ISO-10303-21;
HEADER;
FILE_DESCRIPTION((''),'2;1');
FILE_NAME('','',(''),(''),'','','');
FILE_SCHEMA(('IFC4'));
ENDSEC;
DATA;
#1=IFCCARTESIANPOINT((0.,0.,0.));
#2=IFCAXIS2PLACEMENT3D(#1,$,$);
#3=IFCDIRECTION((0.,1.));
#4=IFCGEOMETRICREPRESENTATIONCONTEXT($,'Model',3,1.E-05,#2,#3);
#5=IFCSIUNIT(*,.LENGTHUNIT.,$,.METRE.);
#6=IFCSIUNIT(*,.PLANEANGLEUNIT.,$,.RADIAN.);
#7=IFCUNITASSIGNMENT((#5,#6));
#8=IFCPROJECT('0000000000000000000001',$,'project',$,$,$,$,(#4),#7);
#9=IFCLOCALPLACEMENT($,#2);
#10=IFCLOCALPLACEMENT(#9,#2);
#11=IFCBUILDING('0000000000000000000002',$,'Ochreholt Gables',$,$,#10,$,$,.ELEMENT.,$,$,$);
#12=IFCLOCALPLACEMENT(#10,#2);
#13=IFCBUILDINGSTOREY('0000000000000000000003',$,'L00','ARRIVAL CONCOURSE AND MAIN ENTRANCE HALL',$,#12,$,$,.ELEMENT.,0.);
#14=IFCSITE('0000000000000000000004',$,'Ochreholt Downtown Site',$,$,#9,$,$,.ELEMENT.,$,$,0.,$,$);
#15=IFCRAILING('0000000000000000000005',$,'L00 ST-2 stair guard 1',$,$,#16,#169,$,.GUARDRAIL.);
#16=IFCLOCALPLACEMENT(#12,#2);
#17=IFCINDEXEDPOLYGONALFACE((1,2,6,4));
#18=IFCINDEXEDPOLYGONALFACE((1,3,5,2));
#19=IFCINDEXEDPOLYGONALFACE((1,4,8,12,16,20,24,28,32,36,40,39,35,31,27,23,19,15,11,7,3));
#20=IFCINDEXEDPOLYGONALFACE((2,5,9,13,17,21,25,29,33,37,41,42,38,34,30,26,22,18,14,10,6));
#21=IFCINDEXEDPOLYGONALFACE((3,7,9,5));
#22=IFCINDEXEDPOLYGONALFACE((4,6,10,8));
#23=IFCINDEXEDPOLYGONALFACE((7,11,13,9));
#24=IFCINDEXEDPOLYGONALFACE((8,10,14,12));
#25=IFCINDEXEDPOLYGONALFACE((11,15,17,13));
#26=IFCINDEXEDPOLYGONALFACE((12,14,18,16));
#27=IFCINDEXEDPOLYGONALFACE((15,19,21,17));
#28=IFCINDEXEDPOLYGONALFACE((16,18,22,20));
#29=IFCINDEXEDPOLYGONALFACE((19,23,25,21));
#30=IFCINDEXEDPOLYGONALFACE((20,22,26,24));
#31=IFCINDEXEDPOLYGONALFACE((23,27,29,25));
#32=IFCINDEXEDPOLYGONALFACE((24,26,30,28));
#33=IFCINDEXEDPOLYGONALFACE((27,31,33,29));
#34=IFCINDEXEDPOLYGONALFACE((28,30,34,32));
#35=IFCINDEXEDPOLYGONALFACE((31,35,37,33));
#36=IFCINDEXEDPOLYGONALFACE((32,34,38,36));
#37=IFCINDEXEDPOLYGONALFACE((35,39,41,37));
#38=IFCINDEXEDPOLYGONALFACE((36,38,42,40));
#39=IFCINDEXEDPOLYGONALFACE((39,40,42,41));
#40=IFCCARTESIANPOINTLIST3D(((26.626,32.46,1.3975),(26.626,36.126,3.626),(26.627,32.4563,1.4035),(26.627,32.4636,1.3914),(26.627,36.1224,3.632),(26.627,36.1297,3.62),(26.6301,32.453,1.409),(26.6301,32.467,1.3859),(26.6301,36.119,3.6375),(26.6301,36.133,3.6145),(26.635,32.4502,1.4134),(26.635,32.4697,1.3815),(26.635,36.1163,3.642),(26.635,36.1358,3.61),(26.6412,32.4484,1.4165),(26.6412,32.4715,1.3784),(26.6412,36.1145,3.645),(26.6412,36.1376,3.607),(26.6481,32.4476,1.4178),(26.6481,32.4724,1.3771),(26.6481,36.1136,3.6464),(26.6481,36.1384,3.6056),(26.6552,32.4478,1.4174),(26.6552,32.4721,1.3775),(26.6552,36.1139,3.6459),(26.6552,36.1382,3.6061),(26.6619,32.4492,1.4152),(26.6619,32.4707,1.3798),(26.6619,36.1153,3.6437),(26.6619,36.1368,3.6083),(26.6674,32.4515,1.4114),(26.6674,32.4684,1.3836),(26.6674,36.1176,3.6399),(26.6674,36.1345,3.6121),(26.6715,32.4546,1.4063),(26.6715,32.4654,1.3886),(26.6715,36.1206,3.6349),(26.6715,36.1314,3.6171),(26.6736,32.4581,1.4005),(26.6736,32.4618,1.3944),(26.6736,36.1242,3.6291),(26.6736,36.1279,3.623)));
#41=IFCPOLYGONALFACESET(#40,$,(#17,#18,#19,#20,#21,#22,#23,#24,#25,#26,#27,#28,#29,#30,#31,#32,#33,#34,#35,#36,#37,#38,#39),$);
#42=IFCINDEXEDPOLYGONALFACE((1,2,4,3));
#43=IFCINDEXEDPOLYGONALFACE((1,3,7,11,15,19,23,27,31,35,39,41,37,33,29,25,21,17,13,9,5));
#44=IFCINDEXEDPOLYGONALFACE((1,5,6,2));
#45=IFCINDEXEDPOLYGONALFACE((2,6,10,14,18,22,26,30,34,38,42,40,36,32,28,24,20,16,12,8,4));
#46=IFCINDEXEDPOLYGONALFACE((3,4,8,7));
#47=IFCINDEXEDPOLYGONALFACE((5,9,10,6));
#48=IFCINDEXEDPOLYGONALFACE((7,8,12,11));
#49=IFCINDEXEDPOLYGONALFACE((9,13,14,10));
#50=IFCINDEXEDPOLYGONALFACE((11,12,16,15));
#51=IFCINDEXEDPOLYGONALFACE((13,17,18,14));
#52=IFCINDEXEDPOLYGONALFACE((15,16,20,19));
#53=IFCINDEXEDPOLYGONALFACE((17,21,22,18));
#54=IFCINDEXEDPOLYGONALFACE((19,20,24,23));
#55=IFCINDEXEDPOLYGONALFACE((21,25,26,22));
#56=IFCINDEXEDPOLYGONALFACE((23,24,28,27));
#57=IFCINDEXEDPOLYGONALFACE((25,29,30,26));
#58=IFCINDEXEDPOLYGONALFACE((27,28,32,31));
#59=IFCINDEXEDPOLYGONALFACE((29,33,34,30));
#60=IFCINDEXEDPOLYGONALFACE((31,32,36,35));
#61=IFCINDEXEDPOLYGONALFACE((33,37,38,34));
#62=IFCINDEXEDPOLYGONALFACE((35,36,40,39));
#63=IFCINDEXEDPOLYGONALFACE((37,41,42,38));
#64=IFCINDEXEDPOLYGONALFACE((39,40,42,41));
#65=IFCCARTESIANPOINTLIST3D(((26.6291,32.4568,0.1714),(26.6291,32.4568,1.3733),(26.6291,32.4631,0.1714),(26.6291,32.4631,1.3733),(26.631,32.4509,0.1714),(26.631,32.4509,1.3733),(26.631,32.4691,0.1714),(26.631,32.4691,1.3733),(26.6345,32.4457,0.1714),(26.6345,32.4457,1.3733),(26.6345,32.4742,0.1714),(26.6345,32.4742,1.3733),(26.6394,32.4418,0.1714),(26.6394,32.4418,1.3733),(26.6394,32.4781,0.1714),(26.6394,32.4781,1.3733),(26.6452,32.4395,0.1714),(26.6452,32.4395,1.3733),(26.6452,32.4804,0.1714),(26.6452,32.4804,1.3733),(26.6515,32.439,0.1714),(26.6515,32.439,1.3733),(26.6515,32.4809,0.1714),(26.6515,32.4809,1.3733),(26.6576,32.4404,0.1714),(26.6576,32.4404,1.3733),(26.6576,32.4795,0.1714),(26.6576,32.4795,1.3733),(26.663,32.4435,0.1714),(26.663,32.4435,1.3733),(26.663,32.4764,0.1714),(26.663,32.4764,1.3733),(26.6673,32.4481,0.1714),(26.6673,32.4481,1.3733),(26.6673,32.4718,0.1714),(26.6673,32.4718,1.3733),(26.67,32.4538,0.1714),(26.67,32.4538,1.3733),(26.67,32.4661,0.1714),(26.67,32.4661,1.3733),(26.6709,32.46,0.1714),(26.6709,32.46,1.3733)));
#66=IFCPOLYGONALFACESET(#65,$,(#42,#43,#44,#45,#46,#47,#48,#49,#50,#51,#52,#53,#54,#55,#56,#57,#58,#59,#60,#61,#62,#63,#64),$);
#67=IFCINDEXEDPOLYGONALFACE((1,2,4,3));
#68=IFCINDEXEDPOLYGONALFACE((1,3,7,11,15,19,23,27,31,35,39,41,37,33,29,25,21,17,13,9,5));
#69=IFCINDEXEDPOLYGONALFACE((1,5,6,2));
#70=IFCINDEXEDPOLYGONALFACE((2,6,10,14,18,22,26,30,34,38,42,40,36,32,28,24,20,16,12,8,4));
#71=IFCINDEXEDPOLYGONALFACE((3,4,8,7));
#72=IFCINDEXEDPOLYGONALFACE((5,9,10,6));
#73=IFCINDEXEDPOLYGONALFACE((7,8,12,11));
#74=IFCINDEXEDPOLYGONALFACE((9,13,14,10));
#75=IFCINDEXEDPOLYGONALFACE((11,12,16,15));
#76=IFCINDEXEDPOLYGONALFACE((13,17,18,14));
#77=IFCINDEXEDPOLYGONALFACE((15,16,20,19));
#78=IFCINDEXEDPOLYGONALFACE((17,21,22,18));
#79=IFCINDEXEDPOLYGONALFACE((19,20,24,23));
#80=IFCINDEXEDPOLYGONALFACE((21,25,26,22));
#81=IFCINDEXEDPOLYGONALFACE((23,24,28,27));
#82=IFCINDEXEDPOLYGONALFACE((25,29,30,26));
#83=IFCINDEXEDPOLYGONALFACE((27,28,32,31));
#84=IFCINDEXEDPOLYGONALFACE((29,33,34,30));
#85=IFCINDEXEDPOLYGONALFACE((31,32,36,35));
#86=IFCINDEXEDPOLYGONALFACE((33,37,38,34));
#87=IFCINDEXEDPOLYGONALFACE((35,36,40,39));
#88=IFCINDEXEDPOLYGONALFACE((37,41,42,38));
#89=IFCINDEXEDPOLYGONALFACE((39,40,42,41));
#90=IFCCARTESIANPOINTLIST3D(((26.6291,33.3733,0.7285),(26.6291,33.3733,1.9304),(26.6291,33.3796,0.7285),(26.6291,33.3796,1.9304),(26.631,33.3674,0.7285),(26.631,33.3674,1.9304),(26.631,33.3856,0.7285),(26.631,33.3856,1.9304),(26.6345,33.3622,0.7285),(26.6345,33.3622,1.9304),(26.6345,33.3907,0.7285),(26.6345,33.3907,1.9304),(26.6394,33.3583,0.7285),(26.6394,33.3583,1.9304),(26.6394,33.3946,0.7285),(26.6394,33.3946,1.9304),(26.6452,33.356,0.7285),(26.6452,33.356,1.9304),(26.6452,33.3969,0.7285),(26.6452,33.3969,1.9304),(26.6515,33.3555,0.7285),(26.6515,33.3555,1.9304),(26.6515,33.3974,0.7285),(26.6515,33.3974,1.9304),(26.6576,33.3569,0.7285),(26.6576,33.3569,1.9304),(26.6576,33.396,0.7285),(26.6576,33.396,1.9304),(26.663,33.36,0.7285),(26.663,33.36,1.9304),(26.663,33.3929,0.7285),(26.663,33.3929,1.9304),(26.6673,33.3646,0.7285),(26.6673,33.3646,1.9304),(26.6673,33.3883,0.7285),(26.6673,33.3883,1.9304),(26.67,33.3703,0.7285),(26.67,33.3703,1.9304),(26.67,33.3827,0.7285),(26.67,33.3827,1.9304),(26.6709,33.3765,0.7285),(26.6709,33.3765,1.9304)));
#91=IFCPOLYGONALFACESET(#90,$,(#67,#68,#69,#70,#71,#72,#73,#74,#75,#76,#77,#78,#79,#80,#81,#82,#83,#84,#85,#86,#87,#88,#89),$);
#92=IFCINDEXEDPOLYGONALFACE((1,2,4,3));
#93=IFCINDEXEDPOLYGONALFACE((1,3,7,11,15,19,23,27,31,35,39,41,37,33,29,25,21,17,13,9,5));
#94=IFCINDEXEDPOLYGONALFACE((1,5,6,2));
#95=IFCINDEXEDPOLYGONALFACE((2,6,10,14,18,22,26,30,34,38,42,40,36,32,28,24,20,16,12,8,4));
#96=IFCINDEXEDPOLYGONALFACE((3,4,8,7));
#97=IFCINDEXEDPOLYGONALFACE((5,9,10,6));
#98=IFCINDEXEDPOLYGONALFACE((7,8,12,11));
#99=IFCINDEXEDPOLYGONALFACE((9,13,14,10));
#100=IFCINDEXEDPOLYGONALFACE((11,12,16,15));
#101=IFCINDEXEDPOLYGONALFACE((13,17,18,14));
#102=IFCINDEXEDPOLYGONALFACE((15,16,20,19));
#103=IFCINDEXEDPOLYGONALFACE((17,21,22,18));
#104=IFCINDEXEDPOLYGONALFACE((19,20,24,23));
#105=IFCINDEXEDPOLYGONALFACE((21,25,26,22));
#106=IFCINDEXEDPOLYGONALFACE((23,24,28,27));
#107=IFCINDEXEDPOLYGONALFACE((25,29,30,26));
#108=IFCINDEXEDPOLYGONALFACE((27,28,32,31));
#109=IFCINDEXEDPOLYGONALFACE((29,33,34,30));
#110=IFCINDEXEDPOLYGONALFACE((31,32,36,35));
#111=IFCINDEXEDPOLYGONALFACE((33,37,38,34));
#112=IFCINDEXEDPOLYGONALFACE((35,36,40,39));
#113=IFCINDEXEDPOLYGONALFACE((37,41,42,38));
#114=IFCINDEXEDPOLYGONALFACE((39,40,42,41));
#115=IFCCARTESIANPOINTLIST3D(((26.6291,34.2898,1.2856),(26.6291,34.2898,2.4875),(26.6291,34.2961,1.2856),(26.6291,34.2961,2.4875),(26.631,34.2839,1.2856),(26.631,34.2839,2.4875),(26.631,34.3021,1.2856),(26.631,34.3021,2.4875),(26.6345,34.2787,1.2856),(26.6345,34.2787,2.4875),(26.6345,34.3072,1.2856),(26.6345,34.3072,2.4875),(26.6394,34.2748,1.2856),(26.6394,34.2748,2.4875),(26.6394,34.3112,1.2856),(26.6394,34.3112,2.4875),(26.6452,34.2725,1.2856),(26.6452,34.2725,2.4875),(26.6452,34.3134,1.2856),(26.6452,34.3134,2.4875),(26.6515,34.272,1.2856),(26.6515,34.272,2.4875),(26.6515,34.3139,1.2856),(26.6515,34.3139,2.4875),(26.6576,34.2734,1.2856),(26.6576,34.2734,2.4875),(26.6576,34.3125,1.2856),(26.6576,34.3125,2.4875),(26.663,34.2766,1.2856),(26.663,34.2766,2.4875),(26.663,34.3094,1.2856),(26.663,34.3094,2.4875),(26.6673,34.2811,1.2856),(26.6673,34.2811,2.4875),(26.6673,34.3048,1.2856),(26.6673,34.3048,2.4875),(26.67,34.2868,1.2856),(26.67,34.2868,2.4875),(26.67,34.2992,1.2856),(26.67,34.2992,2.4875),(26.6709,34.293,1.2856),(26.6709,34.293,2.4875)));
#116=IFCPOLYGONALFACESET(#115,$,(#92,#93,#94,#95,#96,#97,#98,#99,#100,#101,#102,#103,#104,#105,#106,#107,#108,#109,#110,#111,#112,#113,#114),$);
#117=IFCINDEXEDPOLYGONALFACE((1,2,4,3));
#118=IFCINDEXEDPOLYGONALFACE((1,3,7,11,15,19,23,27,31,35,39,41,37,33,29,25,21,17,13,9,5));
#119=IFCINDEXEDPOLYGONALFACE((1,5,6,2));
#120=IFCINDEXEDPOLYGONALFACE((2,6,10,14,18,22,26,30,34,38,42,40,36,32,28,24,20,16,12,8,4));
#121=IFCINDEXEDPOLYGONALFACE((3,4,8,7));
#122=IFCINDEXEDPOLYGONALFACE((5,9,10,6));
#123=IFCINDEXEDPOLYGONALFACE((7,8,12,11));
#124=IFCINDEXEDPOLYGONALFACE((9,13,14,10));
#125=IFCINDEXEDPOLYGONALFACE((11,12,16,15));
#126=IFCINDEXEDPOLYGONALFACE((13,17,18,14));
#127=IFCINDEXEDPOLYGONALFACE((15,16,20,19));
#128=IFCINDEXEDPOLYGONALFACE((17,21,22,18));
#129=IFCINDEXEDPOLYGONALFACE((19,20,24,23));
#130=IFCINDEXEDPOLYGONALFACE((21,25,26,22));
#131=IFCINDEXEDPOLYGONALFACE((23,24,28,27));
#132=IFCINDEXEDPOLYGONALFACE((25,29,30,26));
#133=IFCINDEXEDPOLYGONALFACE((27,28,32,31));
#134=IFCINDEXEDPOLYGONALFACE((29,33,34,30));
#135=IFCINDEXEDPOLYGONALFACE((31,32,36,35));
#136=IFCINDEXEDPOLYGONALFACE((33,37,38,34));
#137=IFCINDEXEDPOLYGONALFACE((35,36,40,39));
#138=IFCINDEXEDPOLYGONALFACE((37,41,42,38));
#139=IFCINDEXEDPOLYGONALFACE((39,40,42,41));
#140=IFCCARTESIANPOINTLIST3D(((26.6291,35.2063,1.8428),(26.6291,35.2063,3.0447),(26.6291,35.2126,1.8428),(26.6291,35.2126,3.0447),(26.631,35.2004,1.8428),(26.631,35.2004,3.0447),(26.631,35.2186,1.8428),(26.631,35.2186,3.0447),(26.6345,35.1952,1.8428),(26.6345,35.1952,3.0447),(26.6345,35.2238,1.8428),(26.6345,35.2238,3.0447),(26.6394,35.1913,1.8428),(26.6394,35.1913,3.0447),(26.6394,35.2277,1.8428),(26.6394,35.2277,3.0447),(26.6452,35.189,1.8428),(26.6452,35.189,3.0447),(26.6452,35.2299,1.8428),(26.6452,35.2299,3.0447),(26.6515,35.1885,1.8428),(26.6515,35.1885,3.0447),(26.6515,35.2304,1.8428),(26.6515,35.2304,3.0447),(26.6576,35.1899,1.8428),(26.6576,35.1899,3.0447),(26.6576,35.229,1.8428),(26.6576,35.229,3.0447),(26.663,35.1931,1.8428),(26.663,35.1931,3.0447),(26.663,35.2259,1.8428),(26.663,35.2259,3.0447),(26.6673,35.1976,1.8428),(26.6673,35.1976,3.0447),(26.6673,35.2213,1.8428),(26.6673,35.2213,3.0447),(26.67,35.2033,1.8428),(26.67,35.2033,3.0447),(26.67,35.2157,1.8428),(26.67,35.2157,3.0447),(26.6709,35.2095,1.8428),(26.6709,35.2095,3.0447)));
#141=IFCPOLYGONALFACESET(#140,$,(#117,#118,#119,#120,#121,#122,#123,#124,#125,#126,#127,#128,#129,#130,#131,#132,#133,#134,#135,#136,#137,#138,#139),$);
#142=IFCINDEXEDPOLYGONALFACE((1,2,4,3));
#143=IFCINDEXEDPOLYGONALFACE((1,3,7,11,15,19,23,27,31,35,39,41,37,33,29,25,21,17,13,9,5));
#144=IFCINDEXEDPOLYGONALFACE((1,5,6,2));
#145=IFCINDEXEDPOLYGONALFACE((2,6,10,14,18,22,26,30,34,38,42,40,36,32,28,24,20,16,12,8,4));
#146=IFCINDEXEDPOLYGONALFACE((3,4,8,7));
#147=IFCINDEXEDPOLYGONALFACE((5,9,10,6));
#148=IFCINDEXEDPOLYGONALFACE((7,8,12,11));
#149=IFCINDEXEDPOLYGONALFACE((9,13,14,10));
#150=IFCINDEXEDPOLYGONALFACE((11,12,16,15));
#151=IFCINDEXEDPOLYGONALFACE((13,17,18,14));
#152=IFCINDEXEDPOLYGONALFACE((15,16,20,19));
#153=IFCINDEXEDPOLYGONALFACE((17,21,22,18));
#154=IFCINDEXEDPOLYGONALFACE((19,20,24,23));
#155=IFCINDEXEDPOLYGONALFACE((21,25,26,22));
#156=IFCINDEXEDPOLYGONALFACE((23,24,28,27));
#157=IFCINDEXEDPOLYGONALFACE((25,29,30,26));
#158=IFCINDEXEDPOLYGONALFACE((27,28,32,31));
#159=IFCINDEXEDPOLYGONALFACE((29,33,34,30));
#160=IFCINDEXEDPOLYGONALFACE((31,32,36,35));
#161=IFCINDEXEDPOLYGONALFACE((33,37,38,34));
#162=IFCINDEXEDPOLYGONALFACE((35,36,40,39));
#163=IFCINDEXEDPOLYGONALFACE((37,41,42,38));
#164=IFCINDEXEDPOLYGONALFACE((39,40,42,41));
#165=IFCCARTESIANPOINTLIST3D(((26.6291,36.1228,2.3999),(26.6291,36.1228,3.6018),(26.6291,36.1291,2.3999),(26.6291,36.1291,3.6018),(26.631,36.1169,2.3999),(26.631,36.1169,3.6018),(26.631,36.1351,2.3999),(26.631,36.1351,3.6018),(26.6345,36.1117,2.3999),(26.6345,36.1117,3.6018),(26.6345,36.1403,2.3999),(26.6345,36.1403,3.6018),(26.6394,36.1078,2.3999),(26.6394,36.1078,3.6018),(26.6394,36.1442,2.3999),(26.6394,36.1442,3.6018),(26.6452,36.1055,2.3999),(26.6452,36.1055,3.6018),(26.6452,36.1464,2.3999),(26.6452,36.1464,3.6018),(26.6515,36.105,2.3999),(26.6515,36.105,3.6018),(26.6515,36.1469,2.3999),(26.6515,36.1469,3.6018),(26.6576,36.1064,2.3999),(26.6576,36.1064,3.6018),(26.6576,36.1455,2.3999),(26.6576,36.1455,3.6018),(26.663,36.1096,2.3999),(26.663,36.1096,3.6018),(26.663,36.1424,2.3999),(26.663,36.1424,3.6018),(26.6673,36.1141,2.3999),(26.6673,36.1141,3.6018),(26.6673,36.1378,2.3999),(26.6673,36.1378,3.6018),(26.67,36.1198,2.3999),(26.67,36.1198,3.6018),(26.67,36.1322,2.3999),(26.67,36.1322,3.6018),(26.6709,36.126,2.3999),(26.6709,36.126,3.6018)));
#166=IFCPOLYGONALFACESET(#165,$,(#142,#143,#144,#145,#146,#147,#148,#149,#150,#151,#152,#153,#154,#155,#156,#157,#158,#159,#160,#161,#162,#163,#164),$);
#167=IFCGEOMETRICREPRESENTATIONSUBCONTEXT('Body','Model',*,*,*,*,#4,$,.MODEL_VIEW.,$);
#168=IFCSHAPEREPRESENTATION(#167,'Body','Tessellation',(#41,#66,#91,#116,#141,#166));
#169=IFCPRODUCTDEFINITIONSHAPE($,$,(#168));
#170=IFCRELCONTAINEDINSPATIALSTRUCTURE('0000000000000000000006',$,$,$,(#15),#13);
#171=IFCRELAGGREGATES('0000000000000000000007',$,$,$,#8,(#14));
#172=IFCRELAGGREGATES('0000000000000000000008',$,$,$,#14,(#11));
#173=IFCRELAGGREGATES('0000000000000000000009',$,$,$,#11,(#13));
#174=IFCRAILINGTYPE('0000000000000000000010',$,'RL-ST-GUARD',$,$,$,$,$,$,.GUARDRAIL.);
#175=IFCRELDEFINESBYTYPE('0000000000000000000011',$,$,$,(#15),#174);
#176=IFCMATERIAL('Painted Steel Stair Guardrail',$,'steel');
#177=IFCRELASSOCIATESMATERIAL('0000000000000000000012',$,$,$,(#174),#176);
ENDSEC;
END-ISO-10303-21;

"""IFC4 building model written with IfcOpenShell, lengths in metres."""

from ifc_helpers import new_model, si_unit, direction, frame, origin, origin_2d, place, context, subcontext, project, spatial, circle, extrude, material, type_object, element, save


model = new_model("IFC4")

# Units and contexts
model_context = context("Model", 3, precision=1e-05, world=origin(), true_north=direction((0.0, 1.0)))
body_context = subcontext(model_context, "Body", "Model", "MODEL_VIEW")
ifc_project = project(units=[si_unit("LENGTHUNIT", "METRE"), si_unit("PLANEANGLEUNIT", "RADIAN")], contexts=[model_context])

# Site, building, storey
site_placement = place(None, origin())
site = spatial("IfcSite", under=ifc_project, at=site_placement, Name="Ochreholt Downtown Site", CompositionType="ELEMENT", RefElevation=0.0)
building_placement = place(site_placement, origin())
building = spatial("IfcBuilding", under=site, at=building_placement, Name="Ochreholt Gables", CompositionType="ELEMENT")
storey_placement = place(building_placement, origin())
storey = spatial("IfcBuildingStorey", under=building, at=storey_placement, Name="L00", Description="ARRIVAL CONCOURSE AND MAIN ENTRANCE HALL", CompositionType="ELEMENT", Elevation=0.0)

# Railing
ifc_material_1 = material(Name="Painted Steel Stair Guardrail", Category="steel")
railing_type_1 = type_object("IfcRailingType", Name="RL-ST-GUARD", PredefinedType="GUARDRAIL", material=ifc_material_1)
railing_1_placement = place(storey_placement, frame((26.6499, 32.46, 0.1714)))
element("IfcRailing", 1, at=railing_1_placement, inside=storey, type_object=railing_type_1, Name="L00 ST-2 stair guard 1", PredefinedType="GUARDRAIL", context=body_context, shape_type="SweptSolid", body=[
    extrude(circle(Radius=0.0239, at=origin_2d()), frame((0.0, 0.0, 1.2261), z_axis=(0.0, 0.854506, 0.519441), x_axis=(-1.0, 0.0, 0.0)), (0.0, 0.0, 1.0), 4.2903),
    extrude(circle(Radius=0.021, at=origin_2d()), origin(), (0.0, 0.0, 1.0), 1.2019),
    extrude(circle(Radius=0.021, at=origin_2d()), frame((0.0, 0.9165, 0.5571)), (0.0, 0.0, 1.0), 1.2019),
    extrude(circle(Radius=0.021, at=origin_2d()), frame((0.0, 1.833, 1.1143)), (0.0, 0.0, 1.0), 1.2019),
    extrude(circle(Radius=0.021, at=origin_2d()), frame((0.0, 2.7495, 1.6714)), (0.0, 0.0, 1.0), 1.2019),
    extrude(circle(Radius=0.021, at=origin_2d()), frame((0.0, 3.666, 2.2285)), (0.0, 0.0, 1.0), 1.2019),
])

save(model, "model.ifc")
